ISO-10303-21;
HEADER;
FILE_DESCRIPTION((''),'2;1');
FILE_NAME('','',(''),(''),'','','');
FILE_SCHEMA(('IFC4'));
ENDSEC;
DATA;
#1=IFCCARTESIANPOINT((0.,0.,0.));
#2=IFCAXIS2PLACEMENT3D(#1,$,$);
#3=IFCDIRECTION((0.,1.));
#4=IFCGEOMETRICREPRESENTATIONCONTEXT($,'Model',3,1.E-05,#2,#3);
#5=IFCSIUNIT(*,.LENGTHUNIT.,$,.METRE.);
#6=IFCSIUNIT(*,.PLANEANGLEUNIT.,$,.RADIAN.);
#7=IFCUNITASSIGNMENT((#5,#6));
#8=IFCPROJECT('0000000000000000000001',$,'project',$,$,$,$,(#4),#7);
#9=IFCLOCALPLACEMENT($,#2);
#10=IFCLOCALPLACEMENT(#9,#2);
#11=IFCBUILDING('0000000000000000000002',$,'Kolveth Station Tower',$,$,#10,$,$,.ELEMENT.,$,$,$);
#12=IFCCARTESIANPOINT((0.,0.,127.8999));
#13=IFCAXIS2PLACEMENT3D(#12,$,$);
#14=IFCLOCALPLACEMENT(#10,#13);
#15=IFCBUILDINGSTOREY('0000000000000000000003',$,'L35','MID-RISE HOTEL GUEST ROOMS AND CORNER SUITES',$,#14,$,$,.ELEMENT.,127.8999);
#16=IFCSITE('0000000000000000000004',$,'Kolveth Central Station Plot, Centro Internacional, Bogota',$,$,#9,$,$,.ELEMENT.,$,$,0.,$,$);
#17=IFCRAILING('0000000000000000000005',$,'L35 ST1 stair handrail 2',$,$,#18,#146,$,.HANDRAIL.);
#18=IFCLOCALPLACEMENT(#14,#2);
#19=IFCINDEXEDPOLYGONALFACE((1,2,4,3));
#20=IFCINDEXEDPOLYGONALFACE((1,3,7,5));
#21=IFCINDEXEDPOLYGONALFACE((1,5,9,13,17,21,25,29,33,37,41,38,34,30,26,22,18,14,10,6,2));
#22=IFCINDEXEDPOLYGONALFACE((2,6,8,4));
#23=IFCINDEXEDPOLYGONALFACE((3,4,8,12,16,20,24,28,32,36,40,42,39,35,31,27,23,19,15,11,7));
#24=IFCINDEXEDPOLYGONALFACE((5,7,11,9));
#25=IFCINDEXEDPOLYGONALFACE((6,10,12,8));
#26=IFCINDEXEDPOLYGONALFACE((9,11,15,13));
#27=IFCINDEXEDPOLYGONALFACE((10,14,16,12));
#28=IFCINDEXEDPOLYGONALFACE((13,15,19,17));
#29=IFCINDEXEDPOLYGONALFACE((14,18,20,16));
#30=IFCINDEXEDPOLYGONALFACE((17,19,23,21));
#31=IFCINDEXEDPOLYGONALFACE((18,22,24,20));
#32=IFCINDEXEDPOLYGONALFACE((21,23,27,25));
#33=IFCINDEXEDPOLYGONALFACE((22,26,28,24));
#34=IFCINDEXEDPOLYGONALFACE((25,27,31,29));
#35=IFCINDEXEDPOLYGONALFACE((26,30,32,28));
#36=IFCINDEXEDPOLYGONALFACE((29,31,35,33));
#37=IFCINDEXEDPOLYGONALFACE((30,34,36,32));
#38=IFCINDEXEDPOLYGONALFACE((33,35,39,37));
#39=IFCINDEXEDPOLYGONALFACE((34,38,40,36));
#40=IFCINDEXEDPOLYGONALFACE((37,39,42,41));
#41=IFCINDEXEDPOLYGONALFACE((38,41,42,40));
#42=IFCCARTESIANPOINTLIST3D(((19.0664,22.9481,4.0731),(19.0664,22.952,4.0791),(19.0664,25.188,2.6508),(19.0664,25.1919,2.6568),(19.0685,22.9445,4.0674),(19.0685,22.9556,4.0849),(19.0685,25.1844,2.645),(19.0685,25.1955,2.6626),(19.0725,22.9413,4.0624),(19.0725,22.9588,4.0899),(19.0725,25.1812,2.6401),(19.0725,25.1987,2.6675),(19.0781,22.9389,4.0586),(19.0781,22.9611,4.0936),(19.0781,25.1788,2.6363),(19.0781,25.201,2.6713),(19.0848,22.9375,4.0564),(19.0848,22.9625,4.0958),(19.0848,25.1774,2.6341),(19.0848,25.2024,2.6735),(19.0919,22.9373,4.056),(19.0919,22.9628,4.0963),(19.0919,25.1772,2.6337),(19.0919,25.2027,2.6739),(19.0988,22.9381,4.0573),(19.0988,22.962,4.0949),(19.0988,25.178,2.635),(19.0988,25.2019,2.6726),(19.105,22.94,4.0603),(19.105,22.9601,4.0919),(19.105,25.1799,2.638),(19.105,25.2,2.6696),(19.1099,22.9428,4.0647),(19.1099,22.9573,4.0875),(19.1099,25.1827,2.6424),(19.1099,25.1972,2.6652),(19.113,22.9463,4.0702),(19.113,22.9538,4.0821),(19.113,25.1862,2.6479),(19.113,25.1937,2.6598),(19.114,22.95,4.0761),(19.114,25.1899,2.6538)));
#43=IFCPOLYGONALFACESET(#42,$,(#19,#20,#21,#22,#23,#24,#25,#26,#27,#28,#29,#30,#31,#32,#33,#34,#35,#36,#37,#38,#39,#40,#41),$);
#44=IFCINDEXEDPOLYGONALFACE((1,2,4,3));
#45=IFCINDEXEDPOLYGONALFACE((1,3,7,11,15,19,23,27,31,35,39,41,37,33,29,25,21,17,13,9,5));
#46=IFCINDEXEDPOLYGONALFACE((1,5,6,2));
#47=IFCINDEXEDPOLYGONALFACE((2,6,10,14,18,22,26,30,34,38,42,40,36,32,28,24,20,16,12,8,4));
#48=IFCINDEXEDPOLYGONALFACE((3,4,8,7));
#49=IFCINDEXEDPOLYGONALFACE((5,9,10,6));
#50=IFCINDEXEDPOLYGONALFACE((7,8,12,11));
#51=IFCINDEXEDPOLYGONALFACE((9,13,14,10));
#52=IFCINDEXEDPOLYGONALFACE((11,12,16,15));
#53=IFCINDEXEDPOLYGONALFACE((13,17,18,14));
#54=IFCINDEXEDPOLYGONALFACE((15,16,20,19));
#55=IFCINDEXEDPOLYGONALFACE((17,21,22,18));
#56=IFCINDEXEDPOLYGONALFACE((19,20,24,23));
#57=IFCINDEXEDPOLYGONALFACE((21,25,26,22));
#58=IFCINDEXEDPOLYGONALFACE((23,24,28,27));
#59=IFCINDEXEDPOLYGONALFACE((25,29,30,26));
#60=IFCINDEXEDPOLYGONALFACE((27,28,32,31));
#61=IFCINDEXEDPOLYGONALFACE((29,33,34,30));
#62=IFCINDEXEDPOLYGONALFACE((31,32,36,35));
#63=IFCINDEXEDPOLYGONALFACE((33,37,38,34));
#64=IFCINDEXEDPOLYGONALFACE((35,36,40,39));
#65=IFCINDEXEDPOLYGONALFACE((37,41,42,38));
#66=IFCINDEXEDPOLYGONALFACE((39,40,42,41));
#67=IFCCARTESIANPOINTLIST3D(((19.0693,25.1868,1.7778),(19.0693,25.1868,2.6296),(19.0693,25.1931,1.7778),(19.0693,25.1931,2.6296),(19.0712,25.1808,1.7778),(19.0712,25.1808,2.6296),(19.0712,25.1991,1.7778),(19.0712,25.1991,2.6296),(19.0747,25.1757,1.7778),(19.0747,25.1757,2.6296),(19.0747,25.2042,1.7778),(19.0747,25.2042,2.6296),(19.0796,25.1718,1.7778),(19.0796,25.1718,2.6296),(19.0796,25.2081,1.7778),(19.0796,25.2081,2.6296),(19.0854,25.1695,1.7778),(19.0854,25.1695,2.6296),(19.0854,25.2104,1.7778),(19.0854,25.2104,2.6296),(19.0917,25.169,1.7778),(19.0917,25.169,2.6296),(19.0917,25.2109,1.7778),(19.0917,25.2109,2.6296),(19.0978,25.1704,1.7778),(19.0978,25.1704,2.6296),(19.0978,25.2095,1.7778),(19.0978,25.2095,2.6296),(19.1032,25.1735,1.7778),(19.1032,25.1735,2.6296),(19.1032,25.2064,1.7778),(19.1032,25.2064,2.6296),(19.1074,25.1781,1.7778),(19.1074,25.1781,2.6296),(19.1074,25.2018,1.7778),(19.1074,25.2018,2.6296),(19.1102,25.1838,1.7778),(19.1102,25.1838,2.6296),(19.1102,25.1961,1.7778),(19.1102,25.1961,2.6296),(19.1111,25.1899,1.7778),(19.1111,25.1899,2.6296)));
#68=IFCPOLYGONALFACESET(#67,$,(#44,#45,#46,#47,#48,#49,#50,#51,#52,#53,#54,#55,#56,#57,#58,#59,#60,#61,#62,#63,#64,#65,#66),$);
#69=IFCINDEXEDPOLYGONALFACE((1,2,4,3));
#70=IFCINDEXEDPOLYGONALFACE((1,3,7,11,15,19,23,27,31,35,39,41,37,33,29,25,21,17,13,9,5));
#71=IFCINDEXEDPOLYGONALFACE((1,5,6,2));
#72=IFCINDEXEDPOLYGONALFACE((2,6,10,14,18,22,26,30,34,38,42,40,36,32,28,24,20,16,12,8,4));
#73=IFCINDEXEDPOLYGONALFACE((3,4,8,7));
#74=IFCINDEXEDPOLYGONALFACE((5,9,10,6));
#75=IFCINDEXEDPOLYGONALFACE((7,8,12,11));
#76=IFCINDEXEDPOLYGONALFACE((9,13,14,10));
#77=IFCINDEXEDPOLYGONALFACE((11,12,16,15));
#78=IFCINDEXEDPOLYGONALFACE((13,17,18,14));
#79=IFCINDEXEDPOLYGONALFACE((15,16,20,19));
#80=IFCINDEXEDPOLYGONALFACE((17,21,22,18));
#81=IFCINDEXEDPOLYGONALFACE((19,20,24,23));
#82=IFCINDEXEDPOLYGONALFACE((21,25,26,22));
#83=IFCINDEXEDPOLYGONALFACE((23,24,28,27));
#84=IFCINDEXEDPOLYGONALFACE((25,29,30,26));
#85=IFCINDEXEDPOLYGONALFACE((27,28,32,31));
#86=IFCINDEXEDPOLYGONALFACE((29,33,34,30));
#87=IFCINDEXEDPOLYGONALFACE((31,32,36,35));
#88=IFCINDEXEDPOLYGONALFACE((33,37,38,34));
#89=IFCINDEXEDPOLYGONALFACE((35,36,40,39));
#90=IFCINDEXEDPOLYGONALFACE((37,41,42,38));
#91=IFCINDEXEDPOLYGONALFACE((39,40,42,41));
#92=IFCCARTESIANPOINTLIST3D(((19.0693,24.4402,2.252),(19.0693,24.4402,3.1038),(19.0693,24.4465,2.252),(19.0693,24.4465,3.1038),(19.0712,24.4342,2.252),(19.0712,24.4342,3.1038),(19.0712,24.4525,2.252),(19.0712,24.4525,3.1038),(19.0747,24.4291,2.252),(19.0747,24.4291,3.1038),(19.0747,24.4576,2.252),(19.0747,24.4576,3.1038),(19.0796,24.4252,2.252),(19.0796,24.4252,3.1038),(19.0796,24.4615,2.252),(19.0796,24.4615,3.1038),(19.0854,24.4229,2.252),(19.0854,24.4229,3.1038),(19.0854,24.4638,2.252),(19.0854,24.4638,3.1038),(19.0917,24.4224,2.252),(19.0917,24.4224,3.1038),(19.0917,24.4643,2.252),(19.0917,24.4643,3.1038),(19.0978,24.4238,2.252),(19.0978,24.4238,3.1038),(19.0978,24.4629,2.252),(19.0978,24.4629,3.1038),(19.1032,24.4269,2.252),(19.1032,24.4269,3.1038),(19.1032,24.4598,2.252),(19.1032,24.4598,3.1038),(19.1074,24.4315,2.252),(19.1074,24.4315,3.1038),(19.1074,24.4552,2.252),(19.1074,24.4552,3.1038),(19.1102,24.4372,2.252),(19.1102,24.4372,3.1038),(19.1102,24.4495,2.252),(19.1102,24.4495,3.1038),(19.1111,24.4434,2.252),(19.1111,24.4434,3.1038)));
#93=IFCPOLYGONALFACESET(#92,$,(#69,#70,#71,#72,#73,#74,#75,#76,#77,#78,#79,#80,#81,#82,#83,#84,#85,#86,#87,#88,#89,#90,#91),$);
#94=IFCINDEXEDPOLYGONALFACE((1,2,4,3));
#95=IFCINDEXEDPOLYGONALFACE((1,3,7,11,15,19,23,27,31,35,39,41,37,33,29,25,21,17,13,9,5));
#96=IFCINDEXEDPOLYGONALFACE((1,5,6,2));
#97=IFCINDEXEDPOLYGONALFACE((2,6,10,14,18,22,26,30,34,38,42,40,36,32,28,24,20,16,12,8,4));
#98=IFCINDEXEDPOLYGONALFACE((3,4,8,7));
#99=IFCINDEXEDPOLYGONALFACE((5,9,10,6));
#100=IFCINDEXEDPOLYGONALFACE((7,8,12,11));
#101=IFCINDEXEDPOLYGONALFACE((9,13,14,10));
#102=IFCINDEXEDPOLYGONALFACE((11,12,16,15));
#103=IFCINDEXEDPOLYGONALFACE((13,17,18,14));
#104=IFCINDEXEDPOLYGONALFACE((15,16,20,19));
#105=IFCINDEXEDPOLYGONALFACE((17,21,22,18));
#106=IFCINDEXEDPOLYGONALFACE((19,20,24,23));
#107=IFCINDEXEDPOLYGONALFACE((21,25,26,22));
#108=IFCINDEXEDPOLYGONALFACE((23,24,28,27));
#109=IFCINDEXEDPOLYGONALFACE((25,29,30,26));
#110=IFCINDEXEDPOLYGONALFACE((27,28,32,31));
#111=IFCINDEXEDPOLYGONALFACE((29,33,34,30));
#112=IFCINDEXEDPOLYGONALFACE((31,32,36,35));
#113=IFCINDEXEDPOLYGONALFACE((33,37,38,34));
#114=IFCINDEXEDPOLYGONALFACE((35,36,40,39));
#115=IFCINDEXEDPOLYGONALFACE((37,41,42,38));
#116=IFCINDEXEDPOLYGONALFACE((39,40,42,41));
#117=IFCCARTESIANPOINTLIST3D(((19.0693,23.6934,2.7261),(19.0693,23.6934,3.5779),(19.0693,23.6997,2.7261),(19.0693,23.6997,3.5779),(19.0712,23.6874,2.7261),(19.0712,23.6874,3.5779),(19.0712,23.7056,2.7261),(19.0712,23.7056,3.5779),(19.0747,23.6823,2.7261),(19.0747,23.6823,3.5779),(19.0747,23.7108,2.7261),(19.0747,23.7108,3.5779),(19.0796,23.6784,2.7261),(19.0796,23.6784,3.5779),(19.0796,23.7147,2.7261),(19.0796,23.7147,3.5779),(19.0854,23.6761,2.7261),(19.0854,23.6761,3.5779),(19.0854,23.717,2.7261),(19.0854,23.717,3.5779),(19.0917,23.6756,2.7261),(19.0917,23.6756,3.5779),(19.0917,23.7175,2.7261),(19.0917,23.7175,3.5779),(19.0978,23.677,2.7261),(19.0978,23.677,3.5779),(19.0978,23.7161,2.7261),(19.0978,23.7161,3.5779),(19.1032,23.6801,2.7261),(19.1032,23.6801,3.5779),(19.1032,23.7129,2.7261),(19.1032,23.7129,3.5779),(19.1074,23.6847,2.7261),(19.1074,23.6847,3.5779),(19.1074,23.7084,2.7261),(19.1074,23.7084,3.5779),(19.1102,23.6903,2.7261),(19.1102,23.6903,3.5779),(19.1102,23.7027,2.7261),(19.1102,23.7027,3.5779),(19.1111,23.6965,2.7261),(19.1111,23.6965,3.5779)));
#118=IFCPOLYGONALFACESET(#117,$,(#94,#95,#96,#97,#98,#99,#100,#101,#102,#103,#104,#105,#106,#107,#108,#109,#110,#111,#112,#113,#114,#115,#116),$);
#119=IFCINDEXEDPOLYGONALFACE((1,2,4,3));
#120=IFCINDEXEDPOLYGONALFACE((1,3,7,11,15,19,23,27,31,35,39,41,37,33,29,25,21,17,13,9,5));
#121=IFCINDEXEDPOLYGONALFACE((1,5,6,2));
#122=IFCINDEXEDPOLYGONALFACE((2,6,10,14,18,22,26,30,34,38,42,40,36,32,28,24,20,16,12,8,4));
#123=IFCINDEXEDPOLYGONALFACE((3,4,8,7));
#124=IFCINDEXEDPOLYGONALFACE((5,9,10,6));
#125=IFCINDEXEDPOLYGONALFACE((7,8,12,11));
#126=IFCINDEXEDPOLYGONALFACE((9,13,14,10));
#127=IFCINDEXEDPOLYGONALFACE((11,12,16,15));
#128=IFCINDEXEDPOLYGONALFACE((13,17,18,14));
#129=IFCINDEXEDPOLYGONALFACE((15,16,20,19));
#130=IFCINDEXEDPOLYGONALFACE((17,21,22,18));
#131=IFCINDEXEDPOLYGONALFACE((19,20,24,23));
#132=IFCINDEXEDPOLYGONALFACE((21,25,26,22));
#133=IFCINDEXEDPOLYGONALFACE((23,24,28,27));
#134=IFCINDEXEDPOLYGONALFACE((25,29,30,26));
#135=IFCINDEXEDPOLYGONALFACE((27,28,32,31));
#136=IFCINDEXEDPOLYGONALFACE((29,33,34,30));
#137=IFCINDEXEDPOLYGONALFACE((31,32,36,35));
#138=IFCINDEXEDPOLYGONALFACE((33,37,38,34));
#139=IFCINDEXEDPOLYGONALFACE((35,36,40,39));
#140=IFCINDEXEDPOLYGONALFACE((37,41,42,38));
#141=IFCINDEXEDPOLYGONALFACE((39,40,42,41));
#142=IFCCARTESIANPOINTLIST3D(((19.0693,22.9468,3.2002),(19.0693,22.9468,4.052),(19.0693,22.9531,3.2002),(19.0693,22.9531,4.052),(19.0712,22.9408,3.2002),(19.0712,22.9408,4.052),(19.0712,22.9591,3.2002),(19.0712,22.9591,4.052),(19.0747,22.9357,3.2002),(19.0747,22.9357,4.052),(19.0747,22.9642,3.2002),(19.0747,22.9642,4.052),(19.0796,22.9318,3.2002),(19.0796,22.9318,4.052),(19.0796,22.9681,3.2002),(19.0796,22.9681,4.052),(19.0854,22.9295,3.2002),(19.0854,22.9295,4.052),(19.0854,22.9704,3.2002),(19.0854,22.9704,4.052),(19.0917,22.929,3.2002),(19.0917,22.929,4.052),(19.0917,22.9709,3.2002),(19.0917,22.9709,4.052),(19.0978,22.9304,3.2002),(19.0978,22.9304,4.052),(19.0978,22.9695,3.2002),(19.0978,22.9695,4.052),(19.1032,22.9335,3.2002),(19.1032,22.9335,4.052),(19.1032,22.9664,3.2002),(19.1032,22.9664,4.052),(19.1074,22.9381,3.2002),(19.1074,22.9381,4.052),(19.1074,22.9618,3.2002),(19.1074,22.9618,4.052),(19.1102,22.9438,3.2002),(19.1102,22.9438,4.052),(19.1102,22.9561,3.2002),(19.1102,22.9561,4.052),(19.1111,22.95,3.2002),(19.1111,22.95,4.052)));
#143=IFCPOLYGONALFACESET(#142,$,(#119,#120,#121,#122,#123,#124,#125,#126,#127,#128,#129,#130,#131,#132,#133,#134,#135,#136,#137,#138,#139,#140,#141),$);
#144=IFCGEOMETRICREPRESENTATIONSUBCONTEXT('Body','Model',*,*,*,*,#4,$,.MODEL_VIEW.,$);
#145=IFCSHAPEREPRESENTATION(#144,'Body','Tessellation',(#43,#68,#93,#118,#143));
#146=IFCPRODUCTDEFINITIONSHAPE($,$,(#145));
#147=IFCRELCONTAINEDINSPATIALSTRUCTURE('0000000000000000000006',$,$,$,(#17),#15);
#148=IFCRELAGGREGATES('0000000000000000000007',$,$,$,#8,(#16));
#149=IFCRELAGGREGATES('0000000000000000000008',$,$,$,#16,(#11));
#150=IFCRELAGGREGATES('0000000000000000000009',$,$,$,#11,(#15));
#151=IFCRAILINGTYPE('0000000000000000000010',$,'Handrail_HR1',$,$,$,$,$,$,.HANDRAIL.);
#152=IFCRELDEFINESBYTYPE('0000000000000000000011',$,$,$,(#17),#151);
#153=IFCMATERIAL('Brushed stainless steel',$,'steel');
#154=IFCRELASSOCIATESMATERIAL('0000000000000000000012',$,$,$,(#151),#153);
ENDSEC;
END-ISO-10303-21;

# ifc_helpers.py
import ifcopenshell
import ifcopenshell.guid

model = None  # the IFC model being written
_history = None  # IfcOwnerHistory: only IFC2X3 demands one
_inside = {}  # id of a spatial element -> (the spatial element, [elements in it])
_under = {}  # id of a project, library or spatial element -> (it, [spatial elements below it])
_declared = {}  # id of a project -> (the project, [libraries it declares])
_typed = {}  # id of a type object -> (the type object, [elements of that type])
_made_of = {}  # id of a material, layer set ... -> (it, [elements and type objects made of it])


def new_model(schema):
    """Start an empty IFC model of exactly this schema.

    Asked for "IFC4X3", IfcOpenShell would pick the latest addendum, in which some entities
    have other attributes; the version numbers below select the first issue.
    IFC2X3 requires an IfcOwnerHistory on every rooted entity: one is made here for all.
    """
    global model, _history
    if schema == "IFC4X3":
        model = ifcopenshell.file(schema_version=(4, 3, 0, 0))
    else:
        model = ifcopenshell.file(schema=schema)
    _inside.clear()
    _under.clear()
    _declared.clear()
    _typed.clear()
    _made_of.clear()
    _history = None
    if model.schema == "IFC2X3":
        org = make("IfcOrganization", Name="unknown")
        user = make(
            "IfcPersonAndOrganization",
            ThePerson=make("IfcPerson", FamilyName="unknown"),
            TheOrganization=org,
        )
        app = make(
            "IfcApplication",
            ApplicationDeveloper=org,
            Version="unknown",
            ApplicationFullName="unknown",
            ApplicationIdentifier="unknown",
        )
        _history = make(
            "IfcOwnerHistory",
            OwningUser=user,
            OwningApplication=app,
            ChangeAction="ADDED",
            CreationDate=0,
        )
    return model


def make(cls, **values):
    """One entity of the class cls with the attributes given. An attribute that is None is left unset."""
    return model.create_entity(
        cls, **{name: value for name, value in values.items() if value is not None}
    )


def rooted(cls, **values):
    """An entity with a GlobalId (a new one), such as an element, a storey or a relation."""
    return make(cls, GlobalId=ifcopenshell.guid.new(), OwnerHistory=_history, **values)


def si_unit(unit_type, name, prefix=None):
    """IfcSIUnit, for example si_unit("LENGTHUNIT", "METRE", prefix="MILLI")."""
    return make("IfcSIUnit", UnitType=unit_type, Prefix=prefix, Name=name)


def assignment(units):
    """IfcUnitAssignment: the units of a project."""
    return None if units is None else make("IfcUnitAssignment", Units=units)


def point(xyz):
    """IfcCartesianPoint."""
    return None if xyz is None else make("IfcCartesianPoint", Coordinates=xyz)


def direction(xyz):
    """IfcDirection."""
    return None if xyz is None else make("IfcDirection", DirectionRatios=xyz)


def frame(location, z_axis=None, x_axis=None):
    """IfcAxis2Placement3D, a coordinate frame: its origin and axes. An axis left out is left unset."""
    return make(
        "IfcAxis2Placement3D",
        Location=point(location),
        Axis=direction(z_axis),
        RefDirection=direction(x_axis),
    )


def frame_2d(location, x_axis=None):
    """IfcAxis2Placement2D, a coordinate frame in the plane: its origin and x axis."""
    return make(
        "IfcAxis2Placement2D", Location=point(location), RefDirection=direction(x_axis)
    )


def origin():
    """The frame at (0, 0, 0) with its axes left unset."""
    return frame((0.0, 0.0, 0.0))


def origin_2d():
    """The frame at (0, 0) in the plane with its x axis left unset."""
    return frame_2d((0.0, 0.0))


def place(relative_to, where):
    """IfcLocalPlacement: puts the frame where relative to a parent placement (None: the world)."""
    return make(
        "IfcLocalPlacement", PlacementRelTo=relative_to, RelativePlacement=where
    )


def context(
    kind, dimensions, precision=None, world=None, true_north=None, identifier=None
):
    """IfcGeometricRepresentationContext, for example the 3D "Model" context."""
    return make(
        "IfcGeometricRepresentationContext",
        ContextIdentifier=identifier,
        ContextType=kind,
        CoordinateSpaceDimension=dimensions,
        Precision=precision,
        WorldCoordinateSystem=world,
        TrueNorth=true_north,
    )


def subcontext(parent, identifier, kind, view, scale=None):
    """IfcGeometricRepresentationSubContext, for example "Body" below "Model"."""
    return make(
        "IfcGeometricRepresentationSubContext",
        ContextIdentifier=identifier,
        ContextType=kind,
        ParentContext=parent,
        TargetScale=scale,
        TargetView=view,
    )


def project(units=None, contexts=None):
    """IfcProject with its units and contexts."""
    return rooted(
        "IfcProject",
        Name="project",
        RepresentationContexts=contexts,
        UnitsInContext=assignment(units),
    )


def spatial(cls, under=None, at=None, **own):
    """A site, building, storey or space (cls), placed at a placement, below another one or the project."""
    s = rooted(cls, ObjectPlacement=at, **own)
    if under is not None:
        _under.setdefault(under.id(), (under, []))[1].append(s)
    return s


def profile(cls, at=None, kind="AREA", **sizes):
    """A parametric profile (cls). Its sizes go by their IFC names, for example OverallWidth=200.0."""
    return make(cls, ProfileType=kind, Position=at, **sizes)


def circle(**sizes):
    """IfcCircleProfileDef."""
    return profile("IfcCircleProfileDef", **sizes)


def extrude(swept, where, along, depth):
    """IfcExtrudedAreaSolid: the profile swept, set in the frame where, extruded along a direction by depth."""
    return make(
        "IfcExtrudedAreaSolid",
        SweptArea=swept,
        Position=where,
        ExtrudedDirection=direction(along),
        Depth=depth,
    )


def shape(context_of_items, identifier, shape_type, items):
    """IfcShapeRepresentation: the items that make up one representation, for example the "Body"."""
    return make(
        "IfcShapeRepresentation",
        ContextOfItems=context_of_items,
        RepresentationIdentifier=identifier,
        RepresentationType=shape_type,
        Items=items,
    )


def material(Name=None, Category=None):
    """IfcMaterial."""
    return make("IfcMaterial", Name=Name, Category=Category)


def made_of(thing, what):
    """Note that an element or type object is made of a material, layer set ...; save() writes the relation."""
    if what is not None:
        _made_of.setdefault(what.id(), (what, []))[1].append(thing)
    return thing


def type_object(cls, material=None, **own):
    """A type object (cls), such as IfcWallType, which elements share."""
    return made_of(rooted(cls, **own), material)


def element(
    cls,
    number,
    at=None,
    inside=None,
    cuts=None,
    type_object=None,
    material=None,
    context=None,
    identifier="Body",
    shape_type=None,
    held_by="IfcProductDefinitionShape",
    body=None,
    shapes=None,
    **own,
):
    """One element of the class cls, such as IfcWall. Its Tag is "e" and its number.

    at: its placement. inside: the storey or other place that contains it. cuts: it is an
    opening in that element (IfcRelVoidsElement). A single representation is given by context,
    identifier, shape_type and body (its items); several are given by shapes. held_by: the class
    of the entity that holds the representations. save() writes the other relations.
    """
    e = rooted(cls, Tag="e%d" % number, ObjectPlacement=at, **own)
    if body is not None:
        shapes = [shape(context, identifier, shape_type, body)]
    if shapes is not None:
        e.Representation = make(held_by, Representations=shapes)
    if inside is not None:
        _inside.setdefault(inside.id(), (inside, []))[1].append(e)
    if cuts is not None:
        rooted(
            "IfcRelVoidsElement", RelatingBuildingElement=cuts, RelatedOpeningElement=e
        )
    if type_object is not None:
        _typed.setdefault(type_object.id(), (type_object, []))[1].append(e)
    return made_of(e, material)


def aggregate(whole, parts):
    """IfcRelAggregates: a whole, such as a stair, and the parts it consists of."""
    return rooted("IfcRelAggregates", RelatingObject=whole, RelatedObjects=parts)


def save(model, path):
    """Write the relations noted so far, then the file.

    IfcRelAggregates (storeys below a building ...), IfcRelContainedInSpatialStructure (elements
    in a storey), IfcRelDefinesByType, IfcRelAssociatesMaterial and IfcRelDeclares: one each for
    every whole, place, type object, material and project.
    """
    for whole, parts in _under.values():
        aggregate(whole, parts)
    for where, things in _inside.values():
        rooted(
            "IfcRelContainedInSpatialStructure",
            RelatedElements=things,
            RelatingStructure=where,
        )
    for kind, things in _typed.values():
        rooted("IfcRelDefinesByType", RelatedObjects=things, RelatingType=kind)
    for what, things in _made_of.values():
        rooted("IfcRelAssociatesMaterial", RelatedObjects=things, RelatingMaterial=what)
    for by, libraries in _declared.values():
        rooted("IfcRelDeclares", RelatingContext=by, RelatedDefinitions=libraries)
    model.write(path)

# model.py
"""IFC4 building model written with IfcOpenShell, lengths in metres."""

from ifc_helpers import new_model, si_unit, direction, frame, origin, origin_2d, place, context, subcontext, project, spatial, circle, extrude, material, type_object, element, save


model = new_model("IFC4")

# Units and contexts
model_context = context("Model", 3, precision=1e-05, world=origin(), true_north=direction((0.0, 1.0)))
body_context = subcontext(model_context, "Body", "Model", "MODEL_VIEW")
ifc_project = project(units=[si_unit("LENGTHUNIT", "METRE"), si_unit("PLANEANGLEUNIT", "RADIAN")], contexts=[model_context])

# Site, building, storey
site_placement = place(None, origin())
site = spatial("IfcSite", under=ifc_project, at=site_placement, Name="Kolveth Central Station Plot, Centro Internacional, Bogota", CompositionType="ELEMENT", RefElevation=0.0)
building_placement = place(site_placement, origin())
building = spatial("IfcBuilding", under=site, at=building_placement, Name="Kolveth Station Tower", CompositionType="ELEMENT")
storey_placement = place(building_placement, frame((0.0, 0.0, 127.8999)))
storey = spatial("IfcBuildingStorey", under=building, at=storey_placement, Name="L35", Description="MID-RISE HOTEL GUEST ROOMS AND CORNER SUITES", CompositionType="ELEMENT", Elevation=127.8999)

# Railing
ifc_material_1 = material(Name="Brushed stainless steel", Category="steel")
railing_type_1 = type_object("IfcRailingType", Name="Handrail_HR1", PredefinedType="HANDRAIL", material=ifc_material_1)
railing_1_placement = place(storey_placement, frame((19.0901, 25.1899, 1.7778)))
element("IfcRailing", 1, at=railing_1_placement, inside=storey, type_object=railing_type_1, Name="L35 ST1 stair handrail 2", PredefinedType="HANDRAIL", context=body_context, shape_type="SweptSolid", body=[
    extrude(circle(Radius=0.0239, at=origin_2d()), frame((0.0, 0.0, 0.876), z_axis=(0.0, -0.844188, 0.536048), x_axis=(1.0, 0.0, 0.0)), (0.0, 0.0, 1.0), 2.6533),
    extrude(circle(Radius=0.021, at=origin_2d()), origin(), (0.0, 0.0, 1.0), 0.8518),
    extrude(circle(Radius=0.021, at=origin_2d()), frame((0.0, -0.7466, 0.4741)), (0.0, 0.0, 1.0), 0.8518),
    extrude(circle(Radius=0.021, at=origin_2d()), frame((0.0, -1.4934, 0.9482)), (0.0, 0.0, 1.0), 0.8518),
    extrude(circle(Radius=0.021, at=origin_2d()), frame((0.0, -2.24, 1.4224)), (0.0, 0.0, 1.0), 0.8518),
])

save(model, "model.ifc")
